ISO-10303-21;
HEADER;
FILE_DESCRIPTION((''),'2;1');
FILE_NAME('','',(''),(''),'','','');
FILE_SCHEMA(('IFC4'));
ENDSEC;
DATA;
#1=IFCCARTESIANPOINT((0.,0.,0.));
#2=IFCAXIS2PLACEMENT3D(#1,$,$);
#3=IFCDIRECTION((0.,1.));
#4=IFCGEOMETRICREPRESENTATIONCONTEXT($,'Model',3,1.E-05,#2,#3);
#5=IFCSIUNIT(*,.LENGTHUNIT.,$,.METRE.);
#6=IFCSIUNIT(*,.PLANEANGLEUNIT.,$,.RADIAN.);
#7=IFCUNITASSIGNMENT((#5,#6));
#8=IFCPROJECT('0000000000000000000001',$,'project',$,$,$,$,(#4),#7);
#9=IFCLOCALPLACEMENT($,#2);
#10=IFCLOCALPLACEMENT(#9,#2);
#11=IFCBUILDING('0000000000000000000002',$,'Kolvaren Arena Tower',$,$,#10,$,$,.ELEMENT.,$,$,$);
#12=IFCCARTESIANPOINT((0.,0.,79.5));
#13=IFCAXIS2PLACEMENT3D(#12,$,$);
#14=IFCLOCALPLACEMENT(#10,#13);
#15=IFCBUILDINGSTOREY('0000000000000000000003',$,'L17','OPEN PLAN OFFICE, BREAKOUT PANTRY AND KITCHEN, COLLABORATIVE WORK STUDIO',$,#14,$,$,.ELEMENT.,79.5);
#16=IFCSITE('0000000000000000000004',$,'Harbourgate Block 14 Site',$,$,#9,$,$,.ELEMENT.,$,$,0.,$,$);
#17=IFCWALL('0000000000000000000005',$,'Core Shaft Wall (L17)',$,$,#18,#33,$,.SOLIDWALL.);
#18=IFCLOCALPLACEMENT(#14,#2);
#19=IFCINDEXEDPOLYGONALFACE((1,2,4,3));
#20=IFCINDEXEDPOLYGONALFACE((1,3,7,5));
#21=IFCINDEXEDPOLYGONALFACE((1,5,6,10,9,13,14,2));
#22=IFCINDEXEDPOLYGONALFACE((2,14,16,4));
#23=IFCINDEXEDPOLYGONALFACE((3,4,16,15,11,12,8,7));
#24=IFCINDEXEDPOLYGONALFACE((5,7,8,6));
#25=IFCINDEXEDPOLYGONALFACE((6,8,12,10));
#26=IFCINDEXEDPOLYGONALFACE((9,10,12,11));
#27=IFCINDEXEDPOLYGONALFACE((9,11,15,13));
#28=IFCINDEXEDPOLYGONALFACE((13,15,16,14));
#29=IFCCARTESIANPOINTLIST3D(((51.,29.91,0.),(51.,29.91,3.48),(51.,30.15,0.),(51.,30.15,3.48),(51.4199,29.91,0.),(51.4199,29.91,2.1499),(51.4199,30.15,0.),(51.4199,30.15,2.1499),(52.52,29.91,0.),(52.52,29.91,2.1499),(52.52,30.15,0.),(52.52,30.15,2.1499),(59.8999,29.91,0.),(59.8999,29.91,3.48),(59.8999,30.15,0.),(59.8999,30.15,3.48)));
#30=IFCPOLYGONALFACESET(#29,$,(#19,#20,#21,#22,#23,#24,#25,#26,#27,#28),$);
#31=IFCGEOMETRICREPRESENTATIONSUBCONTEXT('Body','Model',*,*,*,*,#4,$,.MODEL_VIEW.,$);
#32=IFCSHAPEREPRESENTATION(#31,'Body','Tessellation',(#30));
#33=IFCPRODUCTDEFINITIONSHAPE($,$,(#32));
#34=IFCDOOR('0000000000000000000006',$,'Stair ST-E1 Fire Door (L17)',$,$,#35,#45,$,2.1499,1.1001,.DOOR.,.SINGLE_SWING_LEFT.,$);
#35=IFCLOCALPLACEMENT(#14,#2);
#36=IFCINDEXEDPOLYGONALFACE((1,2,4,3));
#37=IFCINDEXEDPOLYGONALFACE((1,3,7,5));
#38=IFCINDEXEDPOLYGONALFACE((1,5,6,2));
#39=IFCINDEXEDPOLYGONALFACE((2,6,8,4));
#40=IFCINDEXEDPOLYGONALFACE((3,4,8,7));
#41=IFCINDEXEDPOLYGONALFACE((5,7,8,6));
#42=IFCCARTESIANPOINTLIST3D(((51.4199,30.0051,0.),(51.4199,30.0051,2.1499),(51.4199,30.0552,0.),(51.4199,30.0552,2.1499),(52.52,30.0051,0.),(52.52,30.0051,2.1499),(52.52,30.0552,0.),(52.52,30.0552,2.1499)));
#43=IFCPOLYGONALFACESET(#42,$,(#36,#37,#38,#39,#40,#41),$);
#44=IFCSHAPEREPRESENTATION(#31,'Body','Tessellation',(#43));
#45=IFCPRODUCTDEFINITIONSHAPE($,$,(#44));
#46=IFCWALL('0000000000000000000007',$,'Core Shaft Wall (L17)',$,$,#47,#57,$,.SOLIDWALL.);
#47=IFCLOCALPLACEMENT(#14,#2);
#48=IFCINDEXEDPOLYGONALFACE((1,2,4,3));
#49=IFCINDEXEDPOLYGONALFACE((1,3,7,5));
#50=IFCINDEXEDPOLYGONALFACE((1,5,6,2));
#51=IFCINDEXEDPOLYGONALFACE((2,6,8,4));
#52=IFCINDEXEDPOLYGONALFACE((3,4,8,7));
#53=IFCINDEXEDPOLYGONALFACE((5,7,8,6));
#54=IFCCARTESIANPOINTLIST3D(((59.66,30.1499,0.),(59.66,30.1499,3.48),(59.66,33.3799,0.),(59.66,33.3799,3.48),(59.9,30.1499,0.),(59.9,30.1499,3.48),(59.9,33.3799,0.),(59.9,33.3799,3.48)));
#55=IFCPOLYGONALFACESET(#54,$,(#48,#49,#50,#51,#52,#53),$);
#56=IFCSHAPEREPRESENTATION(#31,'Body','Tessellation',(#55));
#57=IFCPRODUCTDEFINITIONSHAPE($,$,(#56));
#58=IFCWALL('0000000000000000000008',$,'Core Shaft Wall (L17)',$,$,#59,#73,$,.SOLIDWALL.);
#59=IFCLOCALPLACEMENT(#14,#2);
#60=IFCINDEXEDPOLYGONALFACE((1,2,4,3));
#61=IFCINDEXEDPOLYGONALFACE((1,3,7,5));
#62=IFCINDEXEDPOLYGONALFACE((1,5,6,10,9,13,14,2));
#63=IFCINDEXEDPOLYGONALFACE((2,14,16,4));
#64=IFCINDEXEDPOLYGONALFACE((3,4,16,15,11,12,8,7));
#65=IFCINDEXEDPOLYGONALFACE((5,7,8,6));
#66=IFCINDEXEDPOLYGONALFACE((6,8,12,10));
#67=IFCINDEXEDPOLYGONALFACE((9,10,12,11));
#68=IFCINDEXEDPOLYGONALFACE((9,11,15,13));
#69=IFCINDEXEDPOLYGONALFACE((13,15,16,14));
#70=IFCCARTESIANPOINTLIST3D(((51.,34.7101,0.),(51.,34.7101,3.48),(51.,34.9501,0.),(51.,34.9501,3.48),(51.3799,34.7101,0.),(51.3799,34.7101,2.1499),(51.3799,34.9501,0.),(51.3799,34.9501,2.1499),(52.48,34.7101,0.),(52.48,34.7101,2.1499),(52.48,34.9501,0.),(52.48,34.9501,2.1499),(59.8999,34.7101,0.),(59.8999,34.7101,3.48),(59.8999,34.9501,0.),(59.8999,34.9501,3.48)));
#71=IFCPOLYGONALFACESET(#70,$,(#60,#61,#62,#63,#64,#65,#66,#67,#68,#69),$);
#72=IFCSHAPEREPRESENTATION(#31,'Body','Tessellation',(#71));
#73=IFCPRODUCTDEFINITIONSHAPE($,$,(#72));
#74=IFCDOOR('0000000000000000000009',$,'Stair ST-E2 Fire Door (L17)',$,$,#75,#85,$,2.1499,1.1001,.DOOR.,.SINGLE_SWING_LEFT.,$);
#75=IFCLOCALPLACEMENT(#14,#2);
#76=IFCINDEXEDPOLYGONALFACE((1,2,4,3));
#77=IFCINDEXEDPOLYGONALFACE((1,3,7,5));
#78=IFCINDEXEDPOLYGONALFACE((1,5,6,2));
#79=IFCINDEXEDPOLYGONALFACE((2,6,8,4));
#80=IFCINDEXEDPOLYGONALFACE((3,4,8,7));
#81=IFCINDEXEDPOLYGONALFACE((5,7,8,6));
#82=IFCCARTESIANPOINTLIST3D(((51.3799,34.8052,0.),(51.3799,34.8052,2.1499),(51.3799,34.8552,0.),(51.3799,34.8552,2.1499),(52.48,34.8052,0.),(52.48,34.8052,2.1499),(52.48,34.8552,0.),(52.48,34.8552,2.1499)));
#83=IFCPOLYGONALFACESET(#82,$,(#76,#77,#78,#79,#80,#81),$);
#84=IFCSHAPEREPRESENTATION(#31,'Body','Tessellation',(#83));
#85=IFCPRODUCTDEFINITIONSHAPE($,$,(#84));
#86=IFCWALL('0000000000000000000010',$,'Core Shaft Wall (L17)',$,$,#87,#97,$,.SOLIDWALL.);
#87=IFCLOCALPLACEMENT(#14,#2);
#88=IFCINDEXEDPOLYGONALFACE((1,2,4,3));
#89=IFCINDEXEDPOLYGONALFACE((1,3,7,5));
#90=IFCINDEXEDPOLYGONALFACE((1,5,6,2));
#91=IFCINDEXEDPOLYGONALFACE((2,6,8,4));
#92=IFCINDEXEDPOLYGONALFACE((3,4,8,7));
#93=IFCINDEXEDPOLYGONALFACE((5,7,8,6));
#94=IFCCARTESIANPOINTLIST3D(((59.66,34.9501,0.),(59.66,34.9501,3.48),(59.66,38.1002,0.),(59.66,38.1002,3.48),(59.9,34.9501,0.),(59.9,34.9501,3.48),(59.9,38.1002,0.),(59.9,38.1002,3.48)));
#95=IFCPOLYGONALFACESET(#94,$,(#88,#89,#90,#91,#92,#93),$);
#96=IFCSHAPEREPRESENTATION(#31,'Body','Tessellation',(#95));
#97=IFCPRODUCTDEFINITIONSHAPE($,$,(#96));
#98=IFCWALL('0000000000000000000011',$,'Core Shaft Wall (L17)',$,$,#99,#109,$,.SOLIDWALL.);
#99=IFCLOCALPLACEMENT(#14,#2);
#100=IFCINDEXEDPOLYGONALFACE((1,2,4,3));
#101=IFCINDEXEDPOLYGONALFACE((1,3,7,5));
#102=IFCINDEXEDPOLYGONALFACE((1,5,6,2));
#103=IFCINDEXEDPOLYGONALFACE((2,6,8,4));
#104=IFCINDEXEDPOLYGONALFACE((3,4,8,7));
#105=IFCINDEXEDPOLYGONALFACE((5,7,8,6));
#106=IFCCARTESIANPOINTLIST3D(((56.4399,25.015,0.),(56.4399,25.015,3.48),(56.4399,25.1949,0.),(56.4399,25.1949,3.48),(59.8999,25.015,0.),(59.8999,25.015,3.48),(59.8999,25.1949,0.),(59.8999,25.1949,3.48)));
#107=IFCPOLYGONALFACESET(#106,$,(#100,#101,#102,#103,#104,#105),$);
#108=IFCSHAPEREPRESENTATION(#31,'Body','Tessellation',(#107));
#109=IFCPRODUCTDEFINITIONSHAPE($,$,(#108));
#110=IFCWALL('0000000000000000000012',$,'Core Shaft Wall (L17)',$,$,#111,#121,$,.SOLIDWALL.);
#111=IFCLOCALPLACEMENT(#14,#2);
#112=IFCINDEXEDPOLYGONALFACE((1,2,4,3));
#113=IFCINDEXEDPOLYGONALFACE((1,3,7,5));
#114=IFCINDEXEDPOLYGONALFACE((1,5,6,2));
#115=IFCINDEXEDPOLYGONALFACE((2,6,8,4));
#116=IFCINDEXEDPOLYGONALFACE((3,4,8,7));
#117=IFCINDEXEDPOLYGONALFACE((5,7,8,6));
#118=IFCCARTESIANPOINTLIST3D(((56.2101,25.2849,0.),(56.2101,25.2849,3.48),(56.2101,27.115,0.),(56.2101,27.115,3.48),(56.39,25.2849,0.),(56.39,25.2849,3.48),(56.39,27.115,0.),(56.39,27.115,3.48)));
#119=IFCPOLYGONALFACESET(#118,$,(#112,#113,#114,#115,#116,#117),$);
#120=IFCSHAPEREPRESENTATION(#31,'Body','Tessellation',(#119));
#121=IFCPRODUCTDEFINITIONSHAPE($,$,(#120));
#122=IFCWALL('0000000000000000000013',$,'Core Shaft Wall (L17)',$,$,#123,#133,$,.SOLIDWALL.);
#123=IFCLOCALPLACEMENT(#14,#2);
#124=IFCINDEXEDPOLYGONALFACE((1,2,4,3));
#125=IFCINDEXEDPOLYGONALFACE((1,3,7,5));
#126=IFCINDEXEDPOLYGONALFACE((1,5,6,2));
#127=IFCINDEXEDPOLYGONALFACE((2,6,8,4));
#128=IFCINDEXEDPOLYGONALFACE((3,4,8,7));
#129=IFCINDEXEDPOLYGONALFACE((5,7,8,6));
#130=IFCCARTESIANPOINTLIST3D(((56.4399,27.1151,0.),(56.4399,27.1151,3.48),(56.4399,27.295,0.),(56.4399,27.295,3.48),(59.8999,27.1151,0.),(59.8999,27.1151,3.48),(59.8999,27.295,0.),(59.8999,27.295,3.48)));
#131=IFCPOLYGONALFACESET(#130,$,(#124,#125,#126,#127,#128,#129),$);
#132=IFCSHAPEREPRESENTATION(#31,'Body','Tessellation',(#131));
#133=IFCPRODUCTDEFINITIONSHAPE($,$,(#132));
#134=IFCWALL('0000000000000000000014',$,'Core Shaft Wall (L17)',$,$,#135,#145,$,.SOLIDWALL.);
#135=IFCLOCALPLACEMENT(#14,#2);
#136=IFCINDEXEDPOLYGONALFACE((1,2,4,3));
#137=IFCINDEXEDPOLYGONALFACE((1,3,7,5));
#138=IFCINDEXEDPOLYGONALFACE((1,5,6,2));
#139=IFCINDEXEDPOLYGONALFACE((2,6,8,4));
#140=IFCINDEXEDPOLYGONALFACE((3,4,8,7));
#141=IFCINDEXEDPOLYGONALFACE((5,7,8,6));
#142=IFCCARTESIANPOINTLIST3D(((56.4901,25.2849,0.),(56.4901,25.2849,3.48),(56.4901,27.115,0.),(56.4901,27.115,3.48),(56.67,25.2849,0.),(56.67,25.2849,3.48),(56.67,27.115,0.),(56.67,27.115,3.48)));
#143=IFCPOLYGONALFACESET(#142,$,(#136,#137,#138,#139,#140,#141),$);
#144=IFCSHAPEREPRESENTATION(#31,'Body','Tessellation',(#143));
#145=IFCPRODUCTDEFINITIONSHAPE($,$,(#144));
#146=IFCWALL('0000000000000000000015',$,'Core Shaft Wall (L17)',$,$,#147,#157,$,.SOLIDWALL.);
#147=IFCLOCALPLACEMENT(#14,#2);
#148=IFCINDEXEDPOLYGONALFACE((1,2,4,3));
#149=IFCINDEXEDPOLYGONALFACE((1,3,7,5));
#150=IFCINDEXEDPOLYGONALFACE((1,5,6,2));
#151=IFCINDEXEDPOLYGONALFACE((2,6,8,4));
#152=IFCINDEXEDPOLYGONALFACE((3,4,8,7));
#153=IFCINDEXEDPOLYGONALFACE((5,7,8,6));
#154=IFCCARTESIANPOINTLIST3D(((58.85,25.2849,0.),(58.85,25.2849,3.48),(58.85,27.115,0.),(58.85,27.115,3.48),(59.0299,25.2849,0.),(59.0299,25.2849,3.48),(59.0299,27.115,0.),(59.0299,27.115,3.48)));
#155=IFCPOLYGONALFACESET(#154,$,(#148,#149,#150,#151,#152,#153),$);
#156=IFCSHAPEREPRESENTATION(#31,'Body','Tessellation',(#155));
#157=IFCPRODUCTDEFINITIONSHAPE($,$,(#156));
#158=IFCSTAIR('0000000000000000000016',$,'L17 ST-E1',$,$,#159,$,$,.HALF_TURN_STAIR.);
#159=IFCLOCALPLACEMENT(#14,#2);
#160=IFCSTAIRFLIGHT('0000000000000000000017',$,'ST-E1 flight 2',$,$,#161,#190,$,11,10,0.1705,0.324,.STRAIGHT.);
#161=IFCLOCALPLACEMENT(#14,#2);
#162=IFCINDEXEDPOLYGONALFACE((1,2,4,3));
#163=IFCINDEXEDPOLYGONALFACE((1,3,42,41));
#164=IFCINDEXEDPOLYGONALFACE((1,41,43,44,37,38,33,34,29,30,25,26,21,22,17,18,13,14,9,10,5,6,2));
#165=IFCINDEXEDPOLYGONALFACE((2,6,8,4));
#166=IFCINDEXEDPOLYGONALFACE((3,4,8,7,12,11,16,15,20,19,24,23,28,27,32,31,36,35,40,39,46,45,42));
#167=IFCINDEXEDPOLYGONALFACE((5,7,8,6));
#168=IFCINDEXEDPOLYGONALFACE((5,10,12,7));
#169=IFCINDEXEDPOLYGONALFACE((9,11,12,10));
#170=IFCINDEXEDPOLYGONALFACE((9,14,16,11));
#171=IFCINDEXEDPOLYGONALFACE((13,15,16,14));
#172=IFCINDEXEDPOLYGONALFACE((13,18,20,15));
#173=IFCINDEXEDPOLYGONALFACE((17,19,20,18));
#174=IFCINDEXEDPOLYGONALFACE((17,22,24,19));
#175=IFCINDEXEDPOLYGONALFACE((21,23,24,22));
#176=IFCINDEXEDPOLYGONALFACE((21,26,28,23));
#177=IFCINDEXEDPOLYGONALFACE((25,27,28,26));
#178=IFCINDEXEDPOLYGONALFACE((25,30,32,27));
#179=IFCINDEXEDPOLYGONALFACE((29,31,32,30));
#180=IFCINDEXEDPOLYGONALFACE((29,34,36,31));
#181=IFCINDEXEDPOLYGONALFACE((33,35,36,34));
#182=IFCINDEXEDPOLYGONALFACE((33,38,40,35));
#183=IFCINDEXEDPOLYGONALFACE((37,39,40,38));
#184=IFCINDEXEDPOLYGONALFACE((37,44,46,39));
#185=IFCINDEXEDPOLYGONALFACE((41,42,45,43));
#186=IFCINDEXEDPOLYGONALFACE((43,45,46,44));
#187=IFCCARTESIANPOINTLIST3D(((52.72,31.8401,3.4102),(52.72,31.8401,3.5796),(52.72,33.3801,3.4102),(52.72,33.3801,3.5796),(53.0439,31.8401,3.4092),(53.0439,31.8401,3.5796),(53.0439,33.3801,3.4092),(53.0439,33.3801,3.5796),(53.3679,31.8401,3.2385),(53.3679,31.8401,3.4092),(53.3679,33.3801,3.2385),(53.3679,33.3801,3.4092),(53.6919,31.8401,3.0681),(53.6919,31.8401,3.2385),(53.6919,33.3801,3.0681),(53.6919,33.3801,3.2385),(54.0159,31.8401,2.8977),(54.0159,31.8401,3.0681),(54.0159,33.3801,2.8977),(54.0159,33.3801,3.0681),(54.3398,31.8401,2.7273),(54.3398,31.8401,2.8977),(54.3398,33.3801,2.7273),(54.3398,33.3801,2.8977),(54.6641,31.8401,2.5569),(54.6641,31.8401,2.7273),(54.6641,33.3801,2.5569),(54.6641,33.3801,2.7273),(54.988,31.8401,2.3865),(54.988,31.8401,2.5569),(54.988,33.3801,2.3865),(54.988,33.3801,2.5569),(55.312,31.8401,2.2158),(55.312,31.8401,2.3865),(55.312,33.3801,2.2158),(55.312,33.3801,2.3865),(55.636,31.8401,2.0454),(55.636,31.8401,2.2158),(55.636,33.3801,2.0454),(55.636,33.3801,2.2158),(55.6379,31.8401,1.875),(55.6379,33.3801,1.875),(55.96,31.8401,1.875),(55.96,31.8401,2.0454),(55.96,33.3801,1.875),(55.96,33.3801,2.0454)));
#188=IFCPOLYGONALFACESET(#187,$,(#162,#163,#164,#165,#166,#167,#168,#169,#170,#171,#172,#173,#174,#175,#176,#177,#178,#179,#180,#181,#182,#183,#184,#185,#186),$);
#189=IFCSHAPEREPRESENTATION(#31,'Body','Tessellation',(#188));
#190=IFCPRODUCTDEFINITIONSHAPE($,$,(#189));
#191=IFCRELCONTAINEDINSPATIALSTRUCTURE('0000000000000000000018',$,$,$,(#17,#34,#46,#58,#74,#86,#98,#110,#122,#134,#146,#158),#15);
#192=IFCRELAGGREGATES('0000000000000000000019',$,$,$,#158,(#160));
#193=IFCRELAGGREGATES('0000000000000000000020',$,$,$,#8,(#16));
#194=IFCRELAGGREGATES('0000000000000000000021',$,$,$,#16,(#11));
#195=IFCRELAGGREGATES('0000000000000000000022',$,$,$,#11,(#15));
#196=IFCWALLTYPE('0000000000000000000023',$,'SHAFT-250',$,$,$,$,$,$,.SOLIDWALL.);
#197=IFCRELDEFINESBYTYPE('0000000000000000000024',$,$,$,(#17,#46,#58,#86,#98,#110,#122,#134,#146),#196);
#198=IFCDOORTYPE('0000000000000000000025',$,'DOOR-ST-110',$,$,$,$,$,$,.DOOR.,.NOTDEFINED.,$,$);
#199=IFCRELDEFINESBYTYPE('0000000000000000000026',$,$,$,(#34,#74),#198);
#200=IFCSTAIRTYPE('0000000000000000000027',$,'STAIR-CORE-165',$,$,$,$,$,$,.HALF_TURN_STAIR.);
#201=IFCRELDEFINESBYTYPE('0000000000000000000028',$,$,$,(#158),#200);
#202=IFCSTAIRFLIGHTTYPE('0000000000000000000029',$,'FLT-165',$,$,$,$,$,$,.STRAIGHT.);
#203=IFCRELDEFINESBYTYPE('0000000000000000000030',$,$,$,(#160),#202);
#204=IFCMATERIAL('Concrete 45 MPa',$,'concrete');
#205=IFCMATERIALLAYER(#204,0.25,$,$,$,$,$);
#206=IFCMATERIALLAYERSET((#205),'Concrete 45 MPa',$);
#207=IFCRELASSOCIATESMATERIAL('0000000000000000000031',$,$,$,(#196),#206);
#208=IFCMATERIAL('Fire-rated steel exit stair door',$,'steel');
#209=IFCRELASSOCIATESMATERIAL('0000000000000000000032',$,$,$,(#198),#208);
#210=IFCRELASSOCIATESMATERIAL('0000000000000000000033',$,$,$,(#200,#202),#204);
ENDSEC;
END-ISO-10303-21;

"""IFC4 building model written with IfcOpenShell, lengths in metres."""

from ifc_helpers import new_model, si_unit, direction, frame, frame_2d, origin, place, context, subcontext, project, spatial, polyline, rectangle, outline, extrude, material, layer, layer_set, type_object, element, fill, aggregate, save


model = new_model("IFC4")

# Units and contexts
model_context = context("Model", 3, precision=1e-05, world=origin(), true_north=direction((0.0, 1.0)))
body_context = subcontext(model_context, "Body", "Model", "MODEL_VIEW")
ifc_project = project(units=[si_unit("LENGTHUNIT", "METRE"), si_unit("PLANEANGLEUNIT", "RADIAN")], contexts=[model_context])

# Site, building, storey
site_placement = place(None, origin())
site = spatial("IfcSite", under=ifc_project, at=site_placement, Name="Harbourgate Block 14 Site", CompositionType="ELEMENT", RefElevation=0.0)
building_placement = place(site_placement, origin())
building = spatial("IfcBuilding", under=site, at=building_placement, Name="Kolvaren Arena Tower", CompositionType="ELEMENT")
storey_placement = place(building_placement, frame((0.0, 0.0, 79.5)))
storey = spatial("IfcBuildingStorey", under=building, at=storey_placement, Name="L17", Description="OPEN PLAN OFFICE, BREAKOUT PANTRY AND KITCHEN, COLLABORATIVE WORK STUDIO", CompositionType="ELEMENT", Elevation=79.5)

# Wall, opening, door
ifc_material_1 = material(Name="Concrete 45 MPa", Category="concrete")
ifc_layer = layer(ifc_material_1, 0.25)
ifc_layer_set = layer_set([ifc_layer], Name="Concrete 45 MPa")
wall_type = type_object("IfcWallType", Name="SHAFT-250", PredefinedType="SOLIDWALL", material=ifc_layer_set)
wall_1_placement = place(storey_placement, frame((59.8999, 30.03, 0.0), z_axis=(0.0, 0.0, 1.0), x_axis=(-1.0, 0.0, 0.0)))
wall_1 = element("IfcWall", 1, at=wall_1_placement, inside=storey, type_object=wall_type, Name="Core Shaft Wall (L17)", PredefinedType="SOLIDWALL", context=body_context, shape_type="SweptSolid", body=[
    extrude(rectangle(XDim=8.8999, YDim=0.24, at=frame_2d((4.45, 0.0))), origin(), (0.0, 0.0, 1.0), 3.48),
])
opening_1_placement = place(wall_1_placement, frame((7.3799, 0.0, 0.0)))
opening_1 = element("IfcOpeningElement", 2, at=opening_1_placement, cuts=wall_1, PredefinedType="OPENING", context=body_context, shape_type="SweptSolid", body=[
    extrude(rectangle(XDim=1.1001, YDim=2.1499, at=frame_2d((0.55, 1.075))), frame((0.0, 0.1299, 0.0), z_axis=(0.0, -1.0, 0.0), x_axis=(1.0, 0.0, 0.0)), (0.0, 0.0, 1.0), 0.26),
])
ifc_material_2 = material(Name="Fire-rated steel exit stair door", Category="steel")
door_type = type_object("IfcDoorType", Name="DOOR-ST-110", OperationType="NOTDEFINED", PredefinedType="DOOR", material=ifc_material_2)
door_1_placement = place(opening_1_placement, origin())
door_1 = element("IfcDoor", 3, at=door_1_placement, inside=storey, type_object=door_type, Name="Stair ST-E1 Fire Door (L17)", OperationType="SINGLE_SWING_LEFT", OverallHeight=2.1499, OverallWidth=1.1001, PredefinedType="DOOR", context=body_context, shape_type="SweptSolid", body=[
    extrude(rectangle(XDim=1.1001, YDim=2.1499, at=frame_2d((0.55, 1.075))), frame((0.0, 0.0249, 0.0), z_axis=(0.0, -1.0, 0.0), x_axis=(1.0, 0.0, 0.0)), (0.0, 0.0, 1.0), 0.05),
])
fill(opening_1, door_1)

# Wall
wall_2_placement = place(storey_placement, frame((59.78, 30.1499, 0.0), z_axis=(0.0, 0.0, 1.0), x_axis=(0.0, 1.0, 0.0)))
element("IfcWall", 4, at=wall_2_placement, inside=storey, type_object=wall_type, Name="Core Shaft Wall (L17)", PredefinedType="SOLIDWALL", context=body_context, shape_type="SweptSolid", body=[
    extrude(rectangle(XDim=3.23, YDim=0.24, at=frame_2d((1.615, 0.0))), origin(), (0.0, 0.0, 1.0), 3.48),
])

# Wall, opening, door
wall_3_placement = place(storey_placement, frame((59.8999, 34.8301, 0.0), z_axis=(0.0, 0.0, 1.0), x_axis=(-1.0, 0.0, 0.0)))
wall_3 = element("IfcWall", 5, at=wall_3_placement, inside=storey, type_object=wall_type, Name="Core Shaft Wall (L17)", PredefinedType="SOLIDWALL", context=body_context, shape_type="SweptSolid", body=[
    extrude(rectangle(XDim=8.8999, YDim=0.24, at=frame_2d((4.45, 0.0))), origin(), (0.0, 0.0, 1.0), 3.48),
])
opening_2_placement = place(wall_3_placement, frame((7.4199, 0.0, 0.0)))
opening_2 = element("IfcOpeningElement", 6, at=opening_2_placement, cuts=wall_3, PredefinedType="OPENING", context=body_context, shape_type="SweptSolid", body=[
    extrude(rectangle(XDim=1.1001, YDim=2.1499, at=frame_2d((0.55, 1.075))), frame((0.0, 0.1299, 0.0), z_axis=(0.0, -1.0, 0.0), x_axis=(1.0, 0.0, 0.0)), (0.0, 0.0, 1.0), 0.26),
])
door_2_placement = place(opening_2_placement, origin())
door_2 = element("IfcDoor", 7, at=door_2_placement, inside=storey, type_object=door_type, Name="Stair ST-E2 Fire Door (L17)", OperationType="SINGLE_SWING_LEFT", OverallHeight=2.1499, OverallWidth=1.1001, PredefinedType="DOOR", context=body_context, shape_type="SweptSolid", body=[
    extrude(rectangle(XDim=1.1001, YDim=2.1499, at=frame_2d((0.55, 1.075))), frame((0.0, 0.0249, 0.0), z_axis=(0.0, -1.0, 0.0), x_axis=(1.0, 0.0, 0.0)), (0.0, 0.0, 1.0), 0.05),
])
fill(opening_2, door_2)

# Walls
wall_4_placement = place(storey_placement, frame((59.78, 34.95, 0.0), z_axis=(0.0, 0.0, 1.0), x_axis=(0.0, 1.0, 0.0)))
element("IfcWall", 8, at=wall_4_placement, inside=storey, type_object=wall_type, Name="Core Shaft Wall (L17)", PredefinedType="SOLIDWALL", context=body_context, shape_type="SweptSolid", body=[
    extrude(rectangle(XDim=3.1501, YDim=0.24, at=frame_2d((1.5752, 0.0))), origin(), (0.0, 0.0, 1.0), 3.48),
])
wall_5_placement = place(storey_placement, frame((56.4399, 25.105, 0.0), z_axis=(0.0, 0.0, 1.0), x_axis=(1.0, 0.0, 0.0)))
element("IfcWall", 9, at=wall_5_placement, inside=storey, type_object=wall_type, Name="Core Shaft Wall (L17)", PredefinedType="SOLIDWALL", context=body_context, shape_type="SweptSolid", body=[
    extrude(rectangle(XDim=3.46, YDim=0.1799, at=frame_2d((1.73, 0.0))), origin(), (0.0, 0.0, 1.0), 3.48),
])
wall_6_placement = place(storey_placement, frame((56.3, 25.2849, 0.0), z_axis=(0.0, 0.0, 1.0), x_axis=(0.0, 1.0, 0.0)))
element("IfcWall", 10, at=wall_6_placement, inside=storey, type_object=wall_type, Name="Core Shaft Wall (L17)", PredefinedType="SOLIDWALL", context=body_context, shape_type="SweptSolid", body=[
    extrude(rectangle(XDim=1.8301, YDim=0.1799, at=frame_2d((0.915, 0.0))), origin(), (0.0, 0.0, 1.0), 3.48),
])
wall_7_placement = place(storey_placement, frame((56.4399, 27.2051, 0.0), z_axis=(0.0, 0.0, 1.0), x_axis=(1.0, 0.0, 0.0)))
element("IfcWall", 11, at=wall_7_placement, inside=storey, type_object=wall_type, Name="Core Shaft Wall (L17)", PredefinedType="SOLIDWALL", context=body_context, shape_type="SweptSolid", body=[
    extrude(rectangle(XDim=3.46, YDim=0.1799, at=frame_2d((1.73, 0.0))), origin(), (0.0, 0.0, 1.0), 3.48),
])
for number, where, z_axis, x_axis, name in (
    (12, (56.5801, 25.2849, 0.0), (0.0, 0.0, 1.0), (0.0, 1.0, 0.0), "Core Shaft Wall (L17)"),
    (13, (58.9399, 25.2849, 0.0), (0.0, 0.0, 1.0), (0.0, 1.0, 0.0), "Core Shaft Wall (L17)"),
):
    element("IfcWall", number, at=place(storey_placement, frame(where, z_axis=z_axis, x_axis=x_axis)), inside=storey, type_object=wall_type, Name=name, PredefinedType="SOLIDWALL", context=body_context, shape_type="SweptSolid", body=[
        extrude(rectangle(XDim=1.8301, YDim=0.1799, at=frame_2d((0.915, 0.0))), origin(), (0.0, 0.0, 1.0), 3.48),
    ])

# Stair, stair flight
stair_type = type_object("IfcStairType", Name="STAIR-CORE-165", PredefinedType="HALF_TURN_STAIR", material=ifc_material_1)
stair_placement = place(storey_placement, origin())
stair = element("IfcStair", 14, at=stair_placement, inside=storey, type_object=stair_type, Name="L17 ST-E1", PredefinedType="HALF_TURN_STAIR")
stair_flight_type = type_object("IfcStairFlightType", Name="FLT-165", PredefinedType="STRAIGHT", material=ifc_material_1)
stair_flight_placement = place(storey_placement, frame((55.96, 32.6101, 1.875), z_axis=(0.0, 0.0, 1.0), x_axis=(-1.0, 0.0, 0.0)))
stair_flight = element("IfcStairFlight", 15, at=stair_flight_placement, type_object=stair_flight_type, Name="ST-E1 flight 2", NumberOfRisers=11, NumberOfTreads=10, PredefinedType="STRAIGHT", RiserHeight=0.1705, TreadLength=0.324, context=body_context, shape_type="SweptSolid", body=[
    extrude(outline(polyline([(0.0, 0.0), (0.0, 0.1704), (0.324, 0.1704), (0.324, 0.3408), (0.6479, 0.3408), (0.6479, 0.5115), (0.9719, 0.5115), (0.9719, 0.6819), (1.2959, 0.6819), (1.2959, 0.8523), (1.6201, 0.8523), (1.6201, 1.0227), (1.9441, 1.0227), (1.9441, 1.1931), (2.2681, 1.1931), (2.2681, 1.3635), (2.592, 1.3635), (2.592, 1.5342), (2.916, 1.5342), (2.916, 1.7046), (3.24, 1.7046), (3.24, 1.875), (3.24, 1.5352), (0.322, 0.0), (0.0, 0.0)])), frame((0.0, 0.77, 0.0), z_axis=(0.0, -1.0, 0.0), x_axis=(1.0, 0.0, 0.0)), (0.0, 0.0, 1.0), 1.54),
])
aggregate(stair, [stair_flight])

save(model, "model.ifc")
